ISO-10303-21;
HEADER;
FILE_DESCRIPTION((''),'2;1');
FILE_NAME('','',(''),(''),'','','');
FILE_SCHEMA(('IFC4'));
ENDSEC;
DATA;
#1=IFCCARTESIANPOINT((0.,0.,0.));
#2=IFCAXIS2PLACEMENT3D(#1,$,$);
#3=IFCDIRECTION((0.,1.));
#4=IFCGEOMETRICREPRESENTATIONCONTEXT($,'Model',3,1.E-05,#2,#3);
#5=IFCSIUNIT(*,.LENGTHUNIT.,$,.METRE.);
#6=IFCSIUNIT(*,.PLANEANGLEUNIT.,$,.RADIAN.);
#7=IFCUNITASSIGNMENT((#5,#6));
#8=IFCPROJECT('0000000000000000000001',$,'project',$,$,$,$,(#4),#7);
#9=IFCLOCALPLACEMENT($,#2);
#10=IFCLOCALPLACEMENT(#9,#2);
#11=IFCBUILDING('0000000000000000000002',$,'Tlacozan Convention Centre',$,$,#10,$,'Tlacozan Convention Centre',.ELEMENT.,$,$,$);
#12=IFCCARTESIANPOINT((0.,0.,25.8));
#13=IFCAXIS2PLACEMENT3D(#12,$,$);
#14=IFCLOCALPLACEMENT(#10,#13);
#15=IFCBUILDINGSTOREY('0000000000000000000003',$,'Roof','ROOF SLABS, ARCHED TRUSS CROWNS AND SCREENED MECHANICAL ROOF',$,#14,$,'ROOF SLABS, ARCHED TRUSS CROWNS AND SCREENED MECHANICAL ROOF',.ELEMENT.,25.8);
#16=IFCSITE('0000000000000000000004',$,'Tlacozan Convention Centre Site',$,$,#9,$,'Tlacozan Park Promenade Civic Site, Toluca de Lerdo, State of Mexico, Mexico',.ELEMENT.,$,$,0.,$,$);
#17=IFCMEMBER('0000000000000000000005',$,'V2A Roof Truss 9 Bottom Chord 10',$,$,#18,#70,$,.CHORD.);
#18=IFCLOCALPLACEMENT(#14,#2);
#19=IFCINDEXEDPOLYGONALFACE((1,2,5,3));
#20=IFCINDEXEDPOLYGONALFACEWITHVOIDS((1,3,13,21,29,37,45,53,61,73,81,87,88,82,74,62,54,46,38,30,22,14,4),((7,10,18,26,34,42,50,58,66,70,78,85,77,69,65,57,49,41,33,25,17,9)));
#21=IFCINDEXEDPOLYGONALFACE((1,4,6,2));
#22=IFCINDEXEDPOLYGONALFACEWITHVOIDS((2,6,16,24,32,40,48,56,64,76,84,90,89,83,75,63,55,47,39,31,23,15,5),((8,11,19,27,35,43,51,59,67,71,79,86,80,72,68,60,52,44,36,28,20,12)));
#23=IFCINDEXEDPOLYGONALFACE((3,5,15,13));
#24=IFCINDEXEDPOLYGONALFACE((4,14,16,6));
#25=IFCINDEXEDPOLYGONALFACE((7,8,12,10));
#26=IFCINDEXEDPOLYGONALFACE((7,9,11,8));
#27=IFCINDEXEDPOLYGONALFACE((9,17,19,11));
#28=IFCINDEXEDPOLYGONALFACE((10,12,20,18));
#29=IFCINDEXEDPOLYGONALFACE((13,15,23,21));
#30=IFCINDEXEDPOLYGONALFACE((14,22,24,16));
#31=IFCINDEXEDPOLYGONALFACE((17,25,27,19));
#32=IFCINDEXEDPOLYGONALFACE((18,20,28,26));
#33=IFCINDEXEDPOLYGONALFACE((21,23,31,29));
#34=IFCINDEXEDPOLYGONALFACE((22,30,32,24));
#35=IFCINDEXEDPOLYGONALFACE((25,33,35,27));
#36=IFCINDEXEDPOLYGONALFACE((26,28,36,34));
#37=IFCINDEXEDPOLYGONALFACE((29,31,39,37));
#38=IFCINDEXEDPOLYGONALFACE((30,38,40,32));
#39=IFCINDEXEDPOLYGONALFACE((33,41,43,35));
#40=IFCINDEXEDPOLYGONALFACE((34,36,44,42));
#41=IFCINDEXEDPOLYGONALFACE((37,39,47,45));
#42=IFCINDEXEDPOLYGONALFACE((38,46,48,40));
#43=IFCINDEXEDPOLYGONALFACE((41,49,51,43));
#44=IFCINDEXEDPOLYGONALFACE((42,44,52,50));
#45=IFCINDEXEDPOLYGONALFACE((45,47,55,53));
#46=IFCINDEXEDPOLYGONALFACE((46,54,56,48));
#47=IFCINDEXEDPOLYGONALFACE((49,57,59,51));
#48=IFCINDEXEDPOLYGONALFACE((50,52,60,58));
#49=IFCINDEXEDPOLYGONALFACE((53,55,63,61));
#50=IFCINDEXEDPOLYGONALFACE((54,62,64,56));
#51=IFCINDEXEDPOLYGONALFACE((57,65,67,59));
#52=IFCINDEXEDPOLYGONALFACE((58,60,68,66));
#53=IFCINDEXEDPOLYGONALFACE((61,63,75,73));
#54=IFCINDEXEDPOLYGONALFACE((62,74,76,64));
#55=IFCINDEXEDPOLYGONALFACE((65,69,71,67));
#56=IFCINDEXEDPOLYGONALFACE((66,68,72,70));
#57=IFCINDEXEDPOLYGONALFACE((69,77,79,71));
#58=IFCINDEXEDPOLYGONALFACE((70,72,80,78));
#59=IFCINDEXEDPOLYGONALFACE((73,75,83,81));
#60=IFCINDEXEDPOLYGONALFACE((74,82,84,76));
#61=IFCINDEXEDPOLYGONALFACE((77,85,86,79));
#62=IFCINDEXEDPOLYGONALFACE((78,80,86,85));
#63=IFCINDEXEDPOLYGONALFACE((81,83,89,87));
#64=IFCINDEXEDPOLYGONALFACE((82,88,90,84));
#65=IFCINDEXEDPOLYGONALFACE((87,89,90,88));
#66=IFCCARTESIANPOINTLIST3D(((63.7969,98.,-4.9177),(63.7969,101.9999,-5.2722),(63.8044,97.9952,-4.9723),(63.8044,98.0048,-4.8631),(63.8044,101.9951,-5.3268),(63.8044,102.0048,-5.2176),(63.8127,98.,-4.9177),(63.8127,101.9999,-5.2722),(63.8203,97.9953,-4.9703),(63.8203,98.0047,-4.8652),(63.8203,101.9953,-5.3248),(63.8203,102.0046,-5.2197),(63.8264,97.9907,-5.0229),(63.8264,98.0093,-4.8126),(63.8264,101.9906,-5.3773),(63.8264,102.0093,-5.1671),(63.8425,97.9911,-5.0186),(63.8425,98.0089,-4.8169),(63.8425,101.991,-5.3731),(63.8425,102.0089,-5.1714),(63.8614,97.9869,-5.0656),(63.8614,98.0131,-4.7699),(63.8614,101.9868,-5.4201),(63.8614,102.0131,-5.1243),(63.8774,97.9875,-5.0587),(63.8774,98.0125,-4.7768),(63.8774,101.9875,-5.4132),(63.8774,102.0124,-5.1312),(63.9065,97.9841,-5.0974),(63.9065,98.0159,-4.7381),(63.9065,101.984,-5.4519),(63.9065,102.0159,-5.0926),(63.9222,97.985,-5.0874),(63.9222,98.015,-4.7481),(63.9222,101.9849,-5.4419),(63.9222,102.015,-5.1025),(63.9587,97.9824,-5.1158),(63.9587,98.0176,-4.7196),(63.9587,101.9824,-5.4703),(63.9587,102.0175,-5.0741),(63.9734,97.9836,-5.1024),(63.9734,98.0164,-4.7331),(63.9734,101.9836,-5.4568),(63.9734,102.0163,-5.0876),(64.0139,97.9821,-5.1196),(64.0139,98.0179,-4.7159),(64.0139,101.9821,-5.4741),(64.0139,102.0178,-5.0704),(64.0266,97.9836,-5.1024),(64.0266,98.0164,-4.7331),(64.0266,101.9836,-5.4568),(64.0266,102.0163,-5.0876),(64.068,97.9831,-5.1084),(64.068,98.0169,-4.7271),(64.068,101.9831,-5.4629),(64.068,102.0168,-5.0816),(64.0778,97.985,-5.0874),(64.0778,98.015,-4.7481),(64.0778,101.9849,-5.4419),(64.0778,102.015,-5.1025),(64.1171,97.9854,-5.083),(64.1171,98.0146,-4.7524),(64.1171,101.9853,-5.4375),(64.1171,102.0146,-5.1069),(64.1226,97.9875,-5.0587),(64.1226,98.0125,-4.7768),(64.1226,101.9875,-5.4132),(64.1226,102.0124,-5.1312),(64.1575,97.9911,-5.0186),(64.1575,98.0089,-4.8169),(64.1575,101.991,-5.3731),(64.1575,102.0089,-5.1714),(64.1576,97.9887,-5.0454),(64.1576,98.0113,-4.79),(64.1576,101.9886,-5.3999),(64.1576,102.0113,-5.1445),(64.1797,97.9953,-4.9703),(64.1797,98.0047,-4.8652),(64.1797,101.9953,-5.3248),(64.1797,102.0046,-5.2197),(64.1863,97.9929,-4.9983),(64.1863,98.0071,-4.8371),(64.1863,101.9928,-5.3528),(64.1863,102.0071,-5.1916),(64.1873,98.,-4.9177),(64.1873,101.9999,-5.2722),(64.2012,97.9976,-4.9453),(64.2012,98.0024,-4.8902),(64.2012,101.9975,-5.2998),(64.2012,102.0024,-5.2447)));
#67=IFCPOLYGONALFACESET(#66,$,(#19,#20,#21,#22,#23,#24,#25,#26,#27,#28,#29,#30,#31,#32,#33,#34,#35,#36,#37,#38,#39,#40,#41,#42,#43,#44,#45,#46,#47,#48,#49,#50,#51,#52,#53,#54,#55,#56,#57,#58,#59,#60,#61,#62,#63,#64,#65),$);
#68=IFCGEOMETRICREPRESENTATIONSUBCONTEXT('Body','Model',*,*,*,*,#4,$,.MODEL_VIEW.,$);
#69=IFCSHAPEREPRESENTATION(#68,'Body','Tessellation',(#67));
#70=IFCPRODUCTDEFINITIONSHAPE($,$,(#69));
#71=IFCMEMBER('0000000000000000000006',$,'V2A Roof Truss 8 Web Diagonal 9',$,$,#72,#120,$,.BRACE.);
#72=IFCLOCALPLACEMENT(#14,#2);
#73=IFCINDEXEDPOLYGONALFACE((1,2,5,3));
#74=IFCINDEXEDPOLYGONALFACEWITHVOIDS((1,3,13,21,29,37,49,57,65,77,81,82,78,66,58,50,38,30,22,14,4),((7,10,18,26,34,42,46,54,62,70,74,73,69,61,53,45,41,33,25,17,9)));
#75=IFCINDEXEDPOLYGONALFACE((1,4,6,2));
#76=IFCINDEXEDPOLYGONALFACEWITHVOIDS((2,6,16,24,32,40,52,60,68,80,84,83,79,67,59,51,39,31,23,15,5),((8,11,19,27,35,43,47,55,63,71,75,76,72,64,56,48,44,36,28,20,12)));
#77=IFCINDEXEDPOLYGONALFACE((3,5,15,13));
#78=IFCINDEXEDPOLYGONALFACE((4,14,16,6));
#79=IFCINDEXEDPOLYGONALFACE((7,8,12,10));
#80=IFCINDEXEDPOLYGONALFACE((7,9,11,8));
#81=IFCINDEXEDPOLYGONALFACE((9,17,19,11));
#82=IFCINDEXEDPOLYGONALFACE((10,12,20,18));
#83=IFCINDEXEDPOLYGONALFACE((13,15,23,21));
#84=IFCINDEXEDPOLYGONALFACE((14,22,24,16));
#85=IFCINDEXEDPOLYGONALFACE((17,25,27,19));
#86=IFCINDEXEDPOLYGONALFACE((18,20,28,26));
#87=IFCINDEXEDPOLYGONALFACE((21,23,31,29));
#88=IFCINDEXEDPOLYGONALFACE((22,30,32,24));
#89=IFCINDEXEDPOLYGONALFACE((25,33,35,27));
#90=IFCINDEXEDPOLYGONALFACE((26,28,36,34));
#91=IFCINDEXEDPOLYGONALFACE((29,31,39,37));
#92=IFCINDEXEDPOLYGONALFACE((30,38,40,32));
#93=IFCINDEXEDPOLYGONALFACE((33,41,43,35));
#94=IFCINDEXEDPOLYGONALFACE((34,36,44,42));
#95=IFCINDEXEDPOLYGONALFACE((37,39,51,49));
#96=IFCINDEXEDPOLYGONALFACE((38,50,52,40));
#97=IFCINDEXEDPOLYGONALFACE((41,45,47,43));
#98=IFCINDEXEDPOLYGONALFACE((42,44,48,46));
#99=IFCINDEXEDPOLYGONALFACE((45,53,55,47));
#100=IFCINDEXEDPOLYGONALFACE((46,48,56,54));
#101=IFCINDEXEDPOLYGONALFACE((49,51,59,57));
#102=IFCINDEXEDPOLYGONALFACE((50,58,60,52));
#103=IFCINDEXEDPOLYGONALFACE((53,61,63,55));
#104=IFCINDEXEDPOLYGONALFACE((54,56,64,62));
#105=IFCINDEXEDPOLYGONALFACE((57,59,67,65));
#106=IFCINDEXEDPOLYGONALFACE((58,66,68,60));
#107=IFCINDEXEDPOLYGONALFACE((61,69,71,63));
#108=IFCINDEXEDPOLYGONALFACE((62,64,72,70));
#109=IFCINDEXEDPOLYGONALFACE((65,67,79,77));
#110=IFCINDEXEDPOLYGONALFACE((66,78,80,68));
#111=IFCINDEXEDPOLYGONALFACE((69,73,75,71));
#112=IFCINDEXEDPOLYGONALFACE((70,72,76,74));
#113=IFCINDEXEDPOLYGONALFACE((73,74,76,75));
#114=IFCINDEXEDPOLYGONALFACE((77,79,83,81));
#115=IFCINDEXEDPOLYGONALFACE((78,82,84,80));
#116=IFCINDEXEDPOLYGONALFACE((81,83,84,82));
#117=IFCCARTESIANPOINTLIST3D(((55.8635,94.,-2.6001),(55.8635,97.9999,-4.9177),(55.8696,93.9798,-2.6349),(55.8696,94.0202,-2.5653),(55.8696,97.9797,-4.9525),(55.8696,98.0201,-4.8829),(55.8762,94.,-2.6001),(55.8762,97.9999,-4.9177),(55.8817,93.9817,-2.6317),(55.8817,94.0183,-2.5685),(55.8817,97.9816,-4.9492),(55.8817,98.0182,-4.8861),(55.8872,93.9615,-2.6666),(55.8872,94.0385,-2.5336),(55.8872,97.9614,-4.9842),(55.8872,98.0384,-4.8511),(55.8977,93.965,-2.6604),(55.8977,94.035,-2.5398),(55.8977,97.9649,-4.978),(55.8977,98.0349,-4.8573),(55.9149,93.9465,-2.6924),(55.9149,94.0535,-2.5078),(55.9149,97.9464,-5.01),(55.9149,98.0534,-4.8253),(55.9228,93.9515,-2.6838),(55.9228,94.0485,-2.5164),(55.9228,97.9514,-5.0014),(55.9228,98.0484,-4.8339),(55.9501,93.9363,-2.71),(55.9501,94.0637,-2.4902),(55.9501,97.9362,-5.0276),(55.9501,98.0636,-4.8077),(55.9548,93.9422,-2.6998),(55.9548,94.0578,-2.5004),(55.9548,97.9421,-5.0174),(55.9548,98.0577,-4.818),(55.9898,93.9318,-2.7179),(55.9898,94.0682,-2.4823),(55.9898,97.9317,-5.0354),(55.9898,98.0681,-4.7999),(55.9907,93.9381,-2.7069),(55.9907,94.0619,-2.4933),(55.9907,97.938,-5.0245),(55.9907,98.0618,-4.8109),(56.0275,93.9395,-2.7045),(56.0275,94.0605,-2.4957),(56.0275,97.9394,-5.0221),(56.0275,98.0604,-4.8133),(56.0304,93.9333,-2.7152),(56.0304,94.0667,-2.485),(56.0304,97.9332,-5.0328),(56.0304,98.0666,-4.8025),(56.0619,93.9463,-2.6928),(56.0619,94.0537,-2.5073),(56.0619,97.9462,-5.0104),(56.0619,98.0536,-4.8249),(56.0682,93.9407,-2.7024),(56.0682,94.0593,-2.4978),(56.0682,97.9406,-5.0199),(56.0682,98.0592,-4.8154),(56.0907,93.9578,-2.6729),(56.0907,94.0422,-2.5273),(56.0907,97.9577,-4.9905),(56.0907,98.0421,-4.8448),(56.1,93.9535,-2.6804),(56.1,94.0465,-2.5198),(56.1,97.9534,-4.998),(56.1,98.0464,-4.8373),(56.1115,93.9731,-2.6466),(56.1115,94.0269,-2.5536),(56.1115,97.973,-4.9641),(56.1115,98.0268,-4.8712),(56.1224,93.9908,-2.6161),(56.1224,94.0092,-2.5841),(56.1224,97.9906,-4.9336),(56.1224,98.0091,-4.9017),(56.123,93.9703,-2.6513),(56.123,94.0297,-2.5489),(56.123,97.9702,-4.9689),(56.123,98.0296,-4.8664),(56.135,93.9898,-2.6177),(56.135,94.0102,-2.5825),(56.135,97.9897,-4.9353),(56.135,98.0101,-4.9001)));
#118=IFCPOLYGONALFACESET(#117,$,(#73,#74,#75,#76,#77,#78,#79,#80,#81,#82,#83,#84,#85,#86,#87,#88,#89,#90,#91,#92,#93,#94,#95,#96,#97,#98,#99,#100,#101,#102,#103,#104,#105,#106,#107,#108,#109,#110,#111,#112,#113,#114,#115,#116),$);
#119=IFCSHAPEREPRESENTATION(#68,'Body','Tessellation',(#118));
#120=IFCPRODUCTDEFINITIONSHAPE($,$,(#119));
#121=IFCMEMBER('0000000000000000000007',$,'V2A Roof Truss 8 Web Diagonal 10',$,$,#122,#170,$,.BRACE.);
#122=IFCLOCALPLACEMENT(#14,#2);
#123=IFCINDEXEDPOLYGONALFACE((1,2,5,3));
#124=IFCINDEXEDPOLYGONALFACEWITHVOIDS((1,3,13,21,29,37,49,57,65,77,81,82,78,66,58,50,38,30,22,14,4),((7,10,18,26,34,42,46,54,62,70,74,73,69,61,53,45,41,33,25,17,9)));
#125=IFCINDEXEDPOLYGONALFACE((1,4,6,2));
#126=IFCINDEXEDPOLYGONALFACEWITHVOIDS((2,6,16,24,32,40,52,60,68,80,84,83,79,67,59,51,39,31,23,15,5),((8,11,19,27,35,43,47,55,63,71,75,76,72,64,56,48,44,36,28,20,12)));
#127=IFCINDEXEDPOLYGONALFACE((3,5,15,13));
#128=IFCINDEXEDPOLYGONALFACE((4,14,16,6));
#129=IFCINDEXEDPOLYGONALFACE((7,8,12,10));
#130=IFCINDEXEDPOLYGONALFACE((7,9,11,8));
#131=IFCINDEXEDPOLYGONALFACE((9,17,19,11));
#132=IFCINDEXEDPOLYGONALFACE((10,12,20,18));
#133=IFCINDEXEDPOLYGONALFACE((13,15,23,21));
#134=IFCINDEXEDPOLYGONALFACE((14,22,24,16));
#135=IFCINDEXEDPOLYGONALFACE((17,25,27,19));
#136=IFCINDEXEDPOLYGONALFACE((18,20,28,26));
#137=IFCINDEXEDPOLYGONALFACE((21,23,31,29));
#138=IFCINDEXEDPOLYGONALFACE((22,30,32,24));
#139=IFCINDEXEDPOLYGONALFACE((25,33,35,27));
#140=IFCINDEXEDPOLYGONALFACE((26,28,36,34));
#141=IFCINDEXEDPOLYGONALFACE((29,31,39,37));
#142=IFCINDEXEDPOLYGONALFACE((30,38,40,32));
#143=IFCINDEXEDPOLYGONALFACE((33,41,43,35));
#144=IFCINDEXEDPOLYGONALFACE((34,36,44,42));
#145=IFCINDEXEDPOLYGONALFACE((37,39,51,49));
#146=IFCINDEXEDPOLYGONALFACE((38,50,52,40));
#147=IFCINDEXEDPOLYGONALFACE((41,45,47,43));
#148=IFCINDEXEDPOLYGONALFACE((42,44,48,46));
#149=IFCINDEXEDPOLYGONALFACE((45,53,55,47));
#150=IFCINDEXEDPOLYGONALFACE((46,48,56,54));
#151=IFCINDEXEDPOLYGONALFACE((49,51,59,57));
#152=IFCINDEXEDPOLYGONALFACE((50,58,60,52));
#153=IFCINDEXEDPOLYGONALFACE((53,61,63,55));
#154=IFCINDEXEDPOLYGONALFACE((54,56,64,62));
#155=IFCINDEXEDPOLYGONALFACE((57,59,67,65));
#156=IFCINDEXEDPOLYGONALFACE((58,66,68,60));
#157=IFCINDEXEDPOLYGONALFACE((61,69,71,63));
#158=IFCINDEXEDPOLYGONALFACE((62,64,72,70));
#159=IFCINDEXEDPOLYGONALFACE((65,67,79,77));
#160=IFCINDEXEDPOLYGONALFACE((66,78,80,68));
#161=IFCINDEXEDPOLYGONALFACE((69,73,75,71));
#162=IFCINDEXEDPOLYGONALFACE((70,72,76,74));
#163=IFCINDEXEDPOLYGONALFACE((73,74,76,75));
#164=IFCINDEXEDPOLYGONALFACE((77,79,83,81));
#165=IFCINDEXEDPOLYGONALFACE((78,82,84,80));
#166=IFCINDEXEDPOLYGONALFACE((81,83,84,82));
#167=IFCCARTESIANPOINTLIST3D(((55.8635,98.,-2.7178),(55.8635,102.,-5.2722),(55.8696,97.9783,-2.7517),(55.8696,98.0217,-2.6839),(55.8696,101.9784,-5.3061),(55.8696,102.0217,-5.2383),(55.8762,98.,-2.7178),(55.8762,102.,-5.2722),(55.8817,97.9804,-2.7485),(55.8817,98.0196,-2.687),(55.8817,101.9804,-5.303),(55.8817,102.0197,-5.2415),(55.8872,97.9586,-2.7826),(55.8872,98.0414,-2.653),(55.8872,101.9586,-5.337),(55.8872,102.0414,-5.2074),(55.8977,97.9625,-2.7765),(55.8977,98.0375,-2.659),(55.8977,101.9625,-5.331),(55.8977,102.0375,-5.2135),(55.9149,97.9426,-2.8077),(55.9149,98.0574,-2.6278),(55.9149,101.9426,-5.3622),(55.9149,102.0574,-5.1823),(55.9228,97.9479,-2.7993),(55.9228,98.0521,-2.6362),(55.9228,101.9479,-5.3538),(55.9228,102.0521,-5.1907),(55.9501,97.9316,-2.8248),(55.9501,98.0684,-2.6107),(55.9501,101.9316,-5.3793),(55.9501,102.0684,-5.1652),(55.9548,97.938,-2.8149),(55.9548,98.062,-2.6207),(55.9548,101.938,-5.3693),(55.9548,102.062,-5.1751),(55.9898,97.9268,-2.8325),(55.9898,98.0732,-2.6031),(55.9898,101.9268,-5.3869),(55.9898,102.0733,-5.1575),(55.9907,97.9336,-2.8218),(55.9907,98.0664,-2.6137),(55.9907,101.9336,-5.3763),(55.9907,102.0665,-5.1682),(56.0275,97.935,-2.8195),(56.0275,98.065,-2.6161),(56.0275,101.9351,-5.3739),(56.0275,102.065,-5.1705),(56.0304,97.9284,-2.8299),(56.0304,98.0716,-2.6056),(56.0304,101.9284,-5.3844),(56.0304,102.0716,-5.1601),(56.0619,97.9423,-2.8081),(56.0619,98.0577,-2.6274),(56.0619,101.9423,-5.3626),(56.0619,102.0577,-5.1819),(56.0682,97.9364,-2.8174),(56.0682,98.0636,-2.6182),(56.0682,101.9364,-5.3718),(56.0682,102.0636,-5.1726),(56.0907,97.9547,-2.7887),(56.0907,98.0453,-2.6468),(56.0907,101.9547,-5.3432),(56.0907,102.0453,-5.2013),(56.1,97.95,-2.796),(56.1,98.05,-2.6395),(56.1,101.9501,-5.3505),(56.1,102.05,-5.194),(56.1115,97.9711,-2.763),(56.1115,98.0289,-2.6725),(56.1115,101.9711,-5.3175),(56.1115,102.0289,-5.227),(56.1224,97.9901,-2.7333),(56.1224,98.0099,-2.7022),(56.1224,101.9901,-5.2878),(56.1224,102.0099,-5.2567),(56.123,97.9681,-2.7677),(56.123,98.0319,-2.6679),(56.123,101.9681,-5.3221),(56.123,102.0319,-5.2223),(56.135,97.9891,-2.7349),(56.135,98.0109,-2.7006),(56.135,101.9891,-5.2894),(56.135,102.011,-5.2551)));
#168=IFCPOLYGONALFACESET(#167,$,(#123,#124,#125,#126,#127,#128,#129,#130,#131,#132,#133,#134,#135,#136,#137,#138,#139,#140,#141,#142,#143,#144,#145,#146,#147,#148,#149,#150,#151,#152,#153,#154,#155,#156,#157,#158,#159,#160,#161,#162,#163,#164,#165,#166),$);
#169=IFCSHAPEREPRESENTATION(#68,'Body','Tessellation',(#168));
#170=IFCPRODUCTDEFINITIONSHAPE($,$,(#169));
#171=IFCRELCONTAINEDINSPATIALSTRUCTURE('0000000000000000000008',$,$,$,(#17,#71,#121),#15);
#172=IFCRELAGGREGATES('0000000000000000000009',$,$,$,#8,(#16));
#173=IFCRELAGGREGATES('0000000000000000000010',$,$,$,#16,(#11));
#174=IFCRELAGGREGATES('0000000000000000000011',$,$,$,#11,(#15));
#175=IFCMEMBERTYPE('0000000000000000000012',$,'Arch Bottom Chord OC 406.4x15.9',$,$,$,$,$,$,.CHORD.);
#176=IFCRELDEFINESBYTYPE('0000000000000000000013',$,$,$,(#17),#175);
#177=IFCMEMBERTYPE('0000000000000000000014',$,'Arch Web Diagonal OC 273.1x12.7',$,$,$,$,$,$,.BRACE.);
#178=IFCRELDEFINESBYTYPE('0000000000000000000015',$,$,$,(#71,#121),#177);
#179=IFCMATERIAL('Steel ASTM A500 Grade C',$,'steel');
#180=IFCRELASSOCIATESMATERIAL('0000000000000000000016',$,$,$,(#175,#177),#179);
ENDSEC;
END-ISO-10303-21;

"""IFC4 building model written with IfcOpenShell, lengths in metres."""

from ifc_helpers import new_model, si_unit, direction, frame, origin, origin_2d, place, context, subcontext, project, spatial, hollow_circle, extrude, material, material_profile, profile_set, type_object, element, save


model = new_model("IFC4")

# Units and contexts
model_context = context("Model", 3, precision=1e-05, world=origin(), true_north=direction((0.0, 1.0)))
body_context = subcontext(model_context, "Body", "Model", "MODEL_VIEW")
ifc_project = project(units=[si_unit("LENGTHUNIT", "METRE"), si_unit("PLANEANGLEUNIT", "RADIAN")], contexts=[model_context])

# Site, building, storey
site_placement = place(None, origin())
site = spatial("IfcSite", under=ifc_project, at=site_placement, Name="Tlacozan Convention Centre Site", LongName="Tlacozan Park Promenade Civic Site, Toluca de Lerdo, State of Mexico, Mexico", CompositionType="ELEMENT", RefElevation=0.0)
building_placement = place(site_placement, origin())
building = spatial("IfcBuilding", under=site, at=building_placement, Name="Tlacozan Convention Centre", LongName="Tlacozan Convention Centre", CompositionType="ELEMENT")
storey_placement = place(building_placement, frame((0.0, 0.0, 25.8)))
storey = spatial("IfcBuildingStorey", under=building, at=storey_placement, Name="Roof", Description="ROOF SLABS, ARCHED TRUSS CROWNS AND SCREENED MECHANICAL ROOF", LongName="ROOF SLABS, ARCHED TRUSS CROWNS AND SCREENED MECHANICAL ROOF", CompositionType="ELEMENT", Elevation=25.8)

# Members
ifc_material_1 = material(Name="Steel ASTM A500 Grade C", Category="steel")
ifc_material_profile_1 = material_profile(ifc_material_1, hollow_circle(Radius=0.2031, WallThickness=0.0159, at=origin_2d()), Name="OC 406.4x15.9")
ifc_profile_set_1 = profile_set([ifc_material_profile_1], Name="Steel ASTM A500 Grade C")
member_type_1 = type_object("IfcMemberType", Name="Arch Bottom Chord OC 406.4x15.9", PredefinedType="CHORD", material=ifc_profile_set_1)
member_1_placement = place(storey_placement, frame((64.0, 98.0, -4.9177), z_axis=(0.0, 0.996096, -0.088277), x_axis=(-1.0, 0.0, 0.0)))
element("IfcMember", 1, at=member_1_placement, inside=storey, type_object=member_type_1, Name="V2A Roof Truss 9 Bottom Chord 10", PredefinedType="CHORD", context=body_context, shape_type="SweptSolid", body=[
    extrude(hollow_circle(Radius=0.2031, WallThickness=0.0159, at=origin_2d()), origin(), (0.0, 0.0, 1.0), 4.0156),
])
ifc_material_profile_2 = material_profile(ifc_material_1, hollow_circle(Radius=0.1365, WallThickness=0.0127, at=origin_2d()), Name="OC 273.1x12.7")
ifc_profile_set_2 = profile_set([ifc_material_profile_2], Name="Steel ASTM A500 Grade C")
member_type_2 = type_object("IfcMemberType", Name="Arch Web Diagonal OC 273.1x12.7", PredefinedType="BRACE", material=ifc_profile_set_2)
member_2_placement = place(storey_placement, frame((56.0, 94.0, -2.6001), z_axis=(0.0, 0.865254, -0.501334), x_axis=(-1.0, 0.0, 0.0)))
element("IfcMember", 2, at=member_2_placement, inside=storey, type_object=member_type_2, Name="V2A Roof Truss 8 Web Diagonal 9", PredefinedType="BRACE", context=body_context, shape_type="SweptSolid", body=[
    extrude(hollow_circle(Radius=0.1365, WallThickness=0.0127, at=origin_2d()), origin(), (0.0, 0.0, 1.0), 4.6228),
])
member_3_placement = place(storey_placement, frame((56.0, 98.0, -2.7178), z_axis=(0.0, 0.842803, -0.538223), x_axis=(-1.0, 0.0, 0.0)))
element("IfcMember", 3, at=member_3_placement, inside=storey, type_object=member_type_2, Name="V2A Roof Truss 8 Web Diagonal 10", PredefinedType="BRACE", context=body_context, shape_type="SweptSolid", body=[
    extrude(hollow_circle(Radius=0.1365, WallThickness=0.0127, at=origin_2d()), origin(), (0.0, 0.0, 1.0), 4.7461),
])

save(model, "model.ifc")
